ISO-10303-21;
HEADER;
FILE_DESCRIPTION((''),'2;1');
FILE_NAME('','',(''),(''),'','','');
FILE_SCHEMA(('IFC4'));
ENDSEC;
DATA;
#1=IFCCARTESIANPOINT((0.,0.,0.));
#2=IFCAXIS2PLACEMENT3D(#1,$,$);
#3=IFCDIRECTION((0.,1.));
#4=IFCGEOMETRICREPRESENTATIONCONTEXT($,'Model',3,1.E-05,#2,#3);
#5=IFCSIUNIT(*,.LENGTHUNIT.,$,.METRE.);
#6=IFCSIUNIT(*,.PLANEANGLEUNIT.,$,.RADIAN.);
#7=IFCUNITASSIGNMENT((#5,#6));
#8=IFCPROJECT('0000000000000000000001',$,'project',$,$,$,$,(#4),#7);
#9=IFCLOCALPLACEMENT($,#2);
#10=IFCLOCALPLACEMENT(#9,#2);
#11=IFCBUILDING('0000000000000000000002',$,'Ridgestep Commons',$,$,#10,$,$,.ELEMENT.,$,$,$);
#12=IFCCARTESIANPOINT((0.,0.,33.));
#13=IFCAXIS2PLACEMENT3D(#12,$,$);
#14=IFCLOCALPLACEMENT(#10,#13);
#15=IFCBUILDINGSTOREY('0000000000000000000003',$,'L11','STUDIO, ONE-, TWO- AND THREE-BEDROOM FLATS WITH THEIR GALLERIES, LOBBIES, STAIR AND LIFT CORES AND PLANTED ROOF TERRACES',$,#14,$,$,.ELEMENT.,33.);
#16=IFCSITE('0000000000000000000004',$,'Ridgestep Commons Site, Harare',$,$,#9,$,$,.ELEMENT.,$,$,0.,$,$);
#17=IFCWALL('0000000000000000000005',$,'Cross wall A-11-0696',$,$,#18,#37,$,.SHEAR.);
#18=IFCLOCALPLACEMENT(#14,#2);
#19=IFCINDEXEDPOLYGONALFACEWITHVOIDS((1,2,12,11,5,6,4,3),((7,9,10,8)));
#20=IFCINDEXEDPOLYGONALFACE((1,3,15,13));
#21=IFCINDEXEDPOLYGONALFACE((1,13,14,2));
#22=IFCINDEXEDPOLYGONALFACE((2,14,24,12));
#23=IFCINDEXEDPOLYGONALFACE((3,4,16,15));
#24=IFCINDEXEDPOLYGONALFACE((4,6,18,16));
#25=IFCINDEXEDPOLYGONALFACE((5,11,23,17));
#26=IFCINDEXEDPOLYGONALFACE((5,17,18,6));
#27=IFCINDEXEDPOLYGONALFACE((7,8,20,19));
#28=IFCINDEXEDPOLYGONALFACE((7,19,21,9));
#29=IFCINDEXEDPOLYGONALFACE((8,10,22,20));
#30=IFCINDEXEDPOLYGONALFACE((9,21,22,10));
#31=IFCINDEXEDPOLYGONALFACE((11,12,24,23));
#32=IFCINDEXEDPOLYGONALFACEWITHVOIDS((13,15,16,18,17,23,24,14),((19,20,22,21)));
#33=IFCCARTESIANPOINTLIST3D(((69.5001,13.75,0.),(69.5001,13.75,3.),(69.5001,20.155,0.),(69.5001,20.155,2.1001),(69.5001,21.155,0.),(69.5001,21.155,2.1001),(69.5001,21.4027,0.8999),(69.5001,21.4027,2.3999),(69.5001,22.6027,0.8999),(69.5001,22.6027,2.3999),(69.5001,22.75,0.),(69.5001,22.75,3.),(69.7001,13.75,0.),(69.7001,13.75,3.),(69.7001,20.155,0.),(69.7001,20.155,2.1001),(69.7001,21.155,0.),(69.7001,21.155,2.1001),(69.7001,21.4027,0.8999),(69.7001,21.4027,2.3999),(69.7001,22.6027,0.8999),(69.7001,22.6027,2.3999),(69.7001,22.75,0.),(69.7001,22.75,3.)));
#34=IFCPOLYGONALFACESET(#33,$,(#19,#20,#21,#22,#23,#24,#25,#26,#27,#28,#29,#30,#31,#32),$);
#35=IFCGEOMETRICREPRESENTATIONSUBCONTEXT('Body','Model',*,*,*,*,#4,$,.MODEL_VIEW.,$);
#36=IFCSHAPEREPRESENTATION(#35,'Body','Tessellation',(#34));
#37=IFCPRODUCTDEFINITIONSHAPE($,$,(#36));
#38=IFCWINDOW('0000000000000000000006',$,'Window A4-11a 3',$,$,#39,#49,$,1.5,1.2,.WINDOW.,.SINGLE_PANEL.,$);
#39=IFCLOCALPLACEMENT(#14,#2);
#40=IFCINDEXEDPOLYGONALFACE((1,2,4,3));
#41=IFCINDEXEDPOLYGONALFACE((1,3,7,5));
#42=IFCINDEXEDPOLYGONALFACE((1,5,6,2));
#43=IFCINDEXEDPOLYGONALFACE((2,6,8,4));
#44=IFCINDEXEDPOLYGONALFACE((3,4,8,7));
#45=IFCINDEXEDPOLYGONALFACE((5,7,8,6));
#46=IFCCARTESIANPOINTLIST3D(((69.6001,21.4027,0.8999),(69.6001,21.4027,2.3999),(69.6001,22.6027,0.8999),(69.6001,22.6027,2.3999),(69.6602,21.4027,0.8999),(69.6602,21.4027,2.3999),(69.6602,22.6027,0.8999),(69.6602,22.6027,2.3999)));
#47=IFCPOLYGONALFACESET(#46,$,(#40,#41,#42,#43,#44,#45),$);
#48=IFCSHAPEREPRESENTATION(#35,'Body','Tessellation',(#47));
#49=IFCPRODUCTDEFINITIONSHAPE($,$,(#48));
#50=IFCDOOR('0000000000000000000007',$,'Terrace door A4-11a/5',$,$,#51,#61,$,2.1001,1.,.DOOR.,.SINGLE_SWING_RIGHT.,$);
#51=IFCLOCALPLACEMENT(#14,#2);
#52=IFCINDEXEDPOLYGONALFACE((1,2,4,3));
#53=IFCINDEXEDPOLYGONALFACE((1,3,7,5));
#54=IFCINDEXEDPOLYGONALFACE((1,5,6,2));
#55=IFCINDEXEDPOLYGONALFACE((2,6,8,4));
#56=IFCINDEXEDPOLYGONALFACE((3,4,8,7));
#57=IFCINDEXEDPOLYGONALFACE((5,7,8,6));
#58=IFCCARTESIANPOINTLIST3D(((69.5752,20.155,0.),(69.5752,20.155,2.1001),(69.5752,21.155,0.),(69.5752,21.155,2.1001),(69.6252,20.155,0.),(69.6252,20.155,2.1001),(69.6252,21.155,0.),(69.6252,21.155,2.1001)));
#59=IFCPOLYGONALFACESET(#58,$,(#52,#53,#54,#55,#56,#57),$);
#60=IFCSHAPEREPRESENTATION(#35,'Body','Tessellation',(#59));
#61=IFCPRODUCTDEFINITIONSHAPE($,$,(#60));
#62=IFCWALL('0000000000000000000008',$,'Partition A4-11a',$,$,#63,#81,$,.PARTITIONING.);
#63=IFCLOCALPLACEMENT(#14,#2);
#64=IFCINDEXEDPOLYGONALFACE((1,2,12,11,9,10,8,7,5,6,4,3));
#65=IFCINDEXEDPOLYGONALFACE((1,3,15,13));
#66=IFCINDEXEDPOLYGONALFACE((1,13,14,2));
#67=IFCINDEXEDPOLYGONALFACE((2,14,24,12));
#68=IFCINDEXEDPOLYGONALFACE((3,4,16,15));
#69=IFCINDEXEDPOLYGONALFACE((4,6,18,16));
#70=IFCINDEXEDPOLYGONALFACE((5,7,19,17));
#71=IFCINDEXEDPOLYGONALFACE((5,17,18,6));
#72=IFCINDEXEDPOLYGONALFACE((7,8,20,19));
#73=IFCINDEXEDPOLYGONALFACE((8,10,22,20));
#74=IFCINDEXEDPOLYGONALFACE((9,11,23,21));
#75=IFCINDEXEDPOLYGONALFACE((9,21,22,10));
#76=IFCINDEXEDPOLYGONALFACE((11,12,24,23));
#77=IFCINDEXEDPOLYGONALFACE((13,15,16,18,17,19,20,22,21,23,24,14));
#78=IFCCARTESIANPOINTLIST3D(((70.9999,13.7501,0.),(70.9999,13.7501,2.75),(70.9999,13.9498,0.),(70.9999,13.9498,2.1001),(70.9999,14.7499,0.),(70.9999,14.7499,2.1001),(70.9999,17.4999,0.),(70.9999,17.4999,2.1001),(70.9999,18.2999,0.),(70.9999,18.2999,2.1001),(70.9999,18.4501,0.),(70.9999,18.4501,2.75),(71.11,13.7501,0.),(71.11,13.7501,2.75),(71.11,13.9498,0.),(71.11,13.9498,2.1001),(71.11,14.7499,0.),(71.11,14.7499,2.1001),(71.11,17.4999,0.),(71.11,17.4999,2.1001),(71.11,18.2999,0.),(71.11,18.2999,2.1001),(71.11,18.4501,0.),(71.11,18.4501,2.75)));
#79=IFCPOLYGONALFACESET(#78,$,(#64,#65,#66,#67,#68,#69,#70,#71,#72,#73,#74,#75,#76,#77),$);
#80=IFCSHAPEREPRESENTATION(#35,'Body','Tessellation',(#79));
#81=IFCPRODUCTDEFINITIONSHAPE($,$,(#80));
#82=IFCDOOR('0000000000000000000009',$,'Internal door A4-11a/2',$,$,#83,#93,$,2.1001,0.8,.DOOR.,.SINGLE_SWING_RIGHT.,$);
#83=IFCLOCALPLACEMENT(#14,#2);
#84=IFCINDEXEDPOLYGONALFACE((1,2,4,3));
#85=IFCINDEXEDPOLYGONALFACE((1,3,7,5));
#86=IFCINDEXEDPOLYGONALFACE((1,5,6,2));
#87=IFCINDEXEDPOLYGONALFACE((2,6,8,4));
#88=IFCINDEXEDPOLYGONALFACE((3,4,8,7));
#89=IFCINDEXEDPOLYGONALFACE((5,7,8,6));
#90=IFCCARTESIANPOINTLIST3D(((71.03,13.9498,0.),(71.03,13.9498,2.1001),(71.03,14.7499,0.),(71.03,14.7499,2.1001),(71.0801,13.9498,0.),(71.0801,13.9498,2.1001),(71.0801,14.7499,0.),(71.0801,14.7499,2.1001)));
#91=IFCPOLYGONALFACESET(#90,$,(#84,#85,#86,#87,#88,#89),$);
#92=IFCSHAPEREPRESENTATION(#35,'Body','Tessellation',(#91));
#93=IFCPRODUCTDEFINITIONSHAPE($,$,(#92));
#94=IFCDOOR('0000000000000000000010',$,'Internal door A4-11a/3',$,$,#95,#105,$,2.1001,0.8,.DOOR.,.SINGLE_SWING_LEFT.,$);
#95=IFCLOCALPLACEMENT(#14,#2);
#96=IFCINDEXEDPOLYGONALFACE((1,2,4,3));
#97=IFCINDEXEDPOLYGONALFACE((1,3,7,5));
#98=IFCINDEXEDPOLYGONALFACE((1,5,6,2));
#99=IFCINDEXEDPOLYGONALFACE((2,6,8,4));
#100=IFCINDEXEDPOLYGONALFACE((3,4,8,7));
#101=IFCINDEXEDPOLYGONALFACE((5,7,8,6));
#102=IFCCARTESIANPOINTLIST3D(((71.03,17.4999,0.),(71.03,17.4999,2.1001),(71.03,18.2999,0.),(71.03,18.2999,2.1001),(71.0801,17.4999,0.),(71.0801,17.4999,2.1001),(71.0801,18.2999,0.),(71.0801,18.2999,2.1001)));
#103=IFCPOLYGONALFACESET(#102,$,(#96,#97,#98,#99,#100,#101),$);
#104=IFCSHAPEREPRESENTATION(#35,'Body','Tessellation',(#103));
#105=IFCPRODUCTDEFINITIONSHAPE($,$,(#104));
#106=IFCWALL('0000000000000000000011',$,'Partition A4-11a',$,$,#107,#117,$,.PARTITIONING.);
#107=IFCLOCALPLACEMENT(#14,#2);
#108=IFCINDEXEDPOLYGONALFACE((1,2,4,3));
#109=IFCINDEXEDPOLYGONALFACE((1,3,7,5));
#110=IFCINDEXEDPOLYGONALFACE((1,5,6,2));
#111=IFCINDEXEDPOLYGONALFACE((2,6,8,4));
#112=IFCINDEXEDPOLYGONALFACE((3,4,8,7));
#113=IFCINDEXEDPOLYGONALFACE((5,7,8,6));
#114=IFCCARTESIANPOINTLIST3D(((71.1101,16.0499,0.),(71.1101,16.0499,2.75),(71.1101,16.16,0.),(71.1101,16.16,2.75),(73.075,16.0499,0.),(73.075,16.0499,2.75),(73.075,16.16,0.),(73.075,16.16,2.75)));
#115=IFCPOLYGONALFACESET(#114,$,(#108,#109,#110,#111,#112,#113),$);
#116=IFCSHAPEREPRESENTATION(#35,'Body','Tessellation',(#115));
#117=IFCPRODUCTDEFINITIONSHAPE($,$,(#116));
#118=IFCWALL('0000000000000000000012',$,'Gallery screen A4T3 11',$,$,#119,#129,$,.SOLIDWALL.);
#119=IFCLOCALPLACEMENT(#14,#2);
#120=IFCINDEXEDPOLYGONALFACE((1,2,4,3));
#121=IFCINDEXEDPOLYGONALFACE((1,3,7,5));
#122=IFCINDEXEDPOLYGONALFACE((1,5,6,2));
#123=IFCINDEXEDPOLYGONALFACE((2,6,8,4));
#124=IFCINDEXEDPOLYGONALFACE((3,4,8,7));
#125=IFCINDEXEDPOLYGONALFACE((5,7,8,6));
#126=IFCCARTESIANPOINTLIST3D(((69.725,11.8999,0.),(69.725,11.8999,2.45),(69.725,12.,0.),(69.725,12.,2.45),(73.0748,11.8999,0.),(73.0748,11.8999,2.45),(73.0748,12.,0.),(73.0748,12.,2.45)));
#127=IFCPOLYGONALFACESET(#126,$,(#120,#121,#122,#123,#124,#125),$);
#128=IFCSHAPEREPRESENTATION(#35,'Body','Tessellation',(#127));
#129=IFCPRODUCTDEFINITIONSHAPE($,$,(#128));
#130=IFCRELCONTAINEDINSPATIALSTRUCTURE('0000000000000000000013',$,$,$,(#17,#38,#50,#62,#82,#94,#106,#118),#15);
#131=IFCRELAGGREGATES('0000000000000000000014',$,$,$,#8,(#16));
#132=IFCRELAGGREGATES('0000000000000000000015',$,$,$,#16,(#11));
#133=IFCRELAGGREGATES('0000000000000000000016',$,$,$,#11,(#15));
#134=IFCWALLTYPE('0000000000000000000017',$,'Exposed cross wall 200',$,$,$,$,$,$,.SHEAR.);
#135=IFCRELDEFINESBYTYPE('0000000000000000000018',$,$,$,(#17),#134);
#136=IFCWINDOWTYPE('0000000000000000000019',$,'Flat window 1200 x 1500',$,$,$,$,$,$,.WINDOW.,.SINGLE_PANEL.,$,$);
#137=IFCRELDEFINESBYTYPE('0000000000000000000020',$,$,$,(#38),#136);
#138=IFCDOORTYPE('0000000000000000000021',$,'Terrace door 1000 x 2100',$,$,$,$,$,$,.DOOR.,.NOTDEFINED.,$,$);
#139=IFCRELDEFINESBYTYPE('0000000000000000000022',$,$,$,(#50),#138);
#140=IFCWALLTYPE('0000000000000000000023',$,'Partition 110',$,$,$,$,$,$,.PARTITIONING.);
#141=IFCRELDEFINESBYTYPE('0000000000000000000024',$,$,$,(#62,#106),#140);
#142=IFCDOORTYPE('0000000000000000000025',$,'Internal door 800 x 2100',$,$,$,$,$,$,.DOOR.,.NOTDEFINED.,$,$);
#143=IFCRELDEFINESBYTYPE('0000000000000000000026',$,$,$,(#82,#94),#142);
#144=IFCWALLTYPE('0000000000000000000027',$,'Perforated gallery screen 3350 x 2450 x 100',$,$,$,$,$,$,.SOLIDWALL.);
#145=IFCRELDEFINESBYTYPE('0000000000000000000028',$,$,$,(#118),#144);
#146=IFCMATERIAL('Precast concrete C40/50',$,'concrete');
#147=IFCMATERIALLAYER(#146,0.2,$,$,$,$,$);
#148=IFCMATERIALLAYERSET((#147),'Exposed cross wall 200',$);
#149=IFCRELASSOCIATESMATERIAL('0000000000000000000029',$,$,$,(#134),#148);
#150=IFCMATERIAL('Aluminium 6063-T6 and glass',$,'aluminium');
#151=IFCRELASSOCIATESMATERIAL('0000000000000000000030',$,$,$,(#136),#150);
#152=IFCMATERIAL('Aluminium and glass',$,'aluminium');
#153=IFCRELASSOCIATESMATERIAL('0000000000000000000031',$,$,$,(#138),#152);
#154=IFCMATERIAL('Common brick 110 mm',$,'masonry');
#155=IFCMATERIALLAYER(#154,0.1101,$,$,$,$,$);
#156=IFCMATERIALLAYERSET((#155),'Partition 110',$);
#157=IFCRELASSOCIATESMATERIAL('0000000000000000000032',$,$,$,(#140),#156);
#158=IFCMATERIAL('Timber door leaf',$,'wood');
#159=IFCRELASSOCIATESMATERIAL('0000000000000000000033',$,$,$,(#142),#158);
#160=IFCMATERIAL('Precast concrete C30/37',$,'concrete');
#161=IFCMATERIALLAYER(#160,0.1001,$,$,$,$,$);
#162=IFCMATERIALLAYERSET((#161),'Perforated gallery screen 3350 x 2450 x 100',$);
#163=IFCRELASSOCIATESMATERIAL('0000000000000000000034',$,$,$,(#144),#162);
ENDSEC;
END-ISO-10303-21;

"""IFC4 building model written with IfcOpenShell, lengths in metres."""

from ifc_helpers import new_model, si_unit, direction, frame, frame_2d, origin, place, context, subcontext, project, spatial, rectangle, extrude, material, layer, layer_set, type_object, element, fill, save


model = new_model("IFC4")

# Units and contexts
model_context = context("Model", 3, precision=1e-05, world=origin(), true_north=direction((0.0, 1.0)))
body_context = subcontext(model_context, "Body", "Model", "MODEL_VIEW")
ifc_project = project(units=[si_unit("LENGTHUNIT", "METRE"), si_unit("PLANEANGLEUNIT", "RADIAN")], contexts=[model_context])

# Site, building, storey
site_placement = place(None, origin())
site = spatial("IfcSite", under=ifc_project, at=site_placement, Name="Ridgestep Commons Site, Harare", CompositionType="ELEMENT", RefElevation=0.0)
building_placement = place(site_placement, origin())
building = spatial("IfcBuilding", under=site, at=building_placement, Name="Ridgestep Commons", CompositionType="ELEMENT")
storey_placement = place(building_placement, frame((0.0, 0.0, 33.0)))
storey = spatial("IfcBuildingStorey", under=building, at=storey_placement, Name="L11", Description="STUDIO, ONE-, TWO- AND THREE-BEDROOM FLATS WITH THEIR GALLERIES, LOBBIES, STAIR AND LIFT CORES AND PLANTED ROOF TERRACES", CompositionType="ELEMENT", Elevation=33.0)

# Wall, openings, window, door
ifc_material_1 = material(Name="Precast concrete C40/50", Category="concrete")
ifc_layer_1 = layer(ifc_material_1, 0.2)
ifc_layer_set_1 = layer_set([ifc_layer_1], Name="Exposed cross wall 200")
wall_type_1 = type_object("IfcWallType", Name="Exposed cross wall 200", PredefinedType="SHEAR", material=ifc_layer_set_1)
wall_1_placement = place(storey_placement, frame((69.6001, 13.75, 0.0), z_axis=(0.0, 0.0, 1.0), x_axis=(0.0, 1.0, 0.0)))
wall_1 = element("IfcWall", 1, at=wall_1_placement, inside=storey, type_object=wall_type_1, Name="Cross wall A-11-0696", PredefinedType="SHEAR", context=body_context, shape_type="SweptSolid", body=[
    extrude(rectangle(XDim=9.0, YDim=0.2, at=frame_2d((4.5, 0.0))), origin(), (0.0, 0.0, 1.0), 3.0),
])
opening_1_placement = place(wall_1_placement, frame((7.6526, 0.0, 0.8999)))
opening_1 = element("IfcOpeningElement", 2, at=opening_1_placement, cuts=wall_1, PredefinedType="OPENING", context=body_context, shape_type="SweptSolid", body=[
    extrude(rectangle(XDim=1.2, YDim=1.5, at=frame_2d((0.6001, 0.75))), frame((0.0, 0.1099, 0.0), z_axis=(0.0, -1.0, 0.0), x_axis=(1.0, 0.0, 0.0)), (0.0, 0.0, 1.0), 0.22),
])
opening_2_placement = place(wall_1_placement, frame((6.405, 0.0, 0.0)))
opening_2 = element("IfcOpeningElement", 3, at=opening_2_placement, cuts=wall_1, PredefinedType="OPENING", context=body_context, shape_type="SweptSolid", body=[
    extrude(rectangle(XDim=1.0, YDim=2.1001, at=frame_2d((0.5, 1.05))), frame((0.0, 0.1099, 0.0), z_axis=(0.0, -1.0, 0.0), x_axis=(1.0, 0.0, 0.0)), (0.0, 0.0, 1.0), 0.22),
])
ifc_material_2 = material(Name="Aluminium 6063-T6 and glass", Category="aluminium")
window_type_1 = type_object("IfcWindowType", Name="Flat window 1200 x 1500", PartitioningType="SINGLE_PANEL", PredefinedType="WINDOW", material=ifc_material_2)
window_1_placement = place(opening_1_placement, origin())
window_1 = element("IfcWindow", 4, at=window_1_placement, inside=storey, type_object=window_type_1, Name="Window A4-11a 3", OverallHeight=1.5, OverallWidth=1.2, PartitioningType="SINGLE_PANEL", PredefinedType="WINDOW", context=body_context, shape_type="SweptSolid", body=[
    extrude(rectangle(XDim=1.2, YDim=1.5, at=frame_2d((0.6001, 0.75))), frame((0.0, 0.0, 0.0), z_axis=(0.0, -1.0, 0.0), x_axis=(1.0, 0.0, 0.0)), (0.0, 0.0, 1.0), 0.0601),
])
fill(opening_1, window_1)
ifc_material_3 = material(Name="Aluminium and glass", Category="aluminium")
door_type_1 = type_object("IfcDoorType", Name="Terrace door 1000 x 2100", OperationType="NOTDEFINED", PredefinedType="DOOR", material=ifc_material_3)
door_1_placement = place(opening_2_placement, origin())
door_1 = element("IfcDoor", 5, at=door_1_placement, inside=storey, type_object=door_type_1, Name="Terrace door A4-11a/5", OperationType="SINGLE_SWING_RIGHT", OverallHeight=2.1001, OverallWidth=1.0, PredefinedType="DOOR", context=body_context, shape_type="SweptSolid", body=[
    extrude(rectangle(XDim=1.0, YDim=2.1001, at=frame_2d((0.5, 1.05))), frame((0.0, 0.0249, 0.0), z_axis=(0.0, -1.0, 0.0), x_axis=(1.0, 0.0, 0.0)), (0.0, 0.0, 1.0), 0.05),
])
fill(opening_2, door_1)

# Wall, openings, doors
ifc_material_4 = material(Name="Common brick 110 mm", Category="masonry")
ifc_layer_2 = layer(ifc_material_4, 0.1101)
ifc_layer_set_2 = layer_set([ifc_layer_2], Name="Partition 110")
wall_type_2 = type_object("IfcWallType", Name="Partition 110", PredefinedType="PARTITIONING", material=ifc_layer_set_2)
wall_2_placement = place(storey_placement, frame((71.0549, 13.75, 0.0), z_axis=(0.0, 0.0, 1.0), x_axis=(0.0, 1.0, 0.0)))
wall_2 = element("IfcWall", 6, at=wall_2_placement, inside=storey, type_object=wall_type_2, Name="Partition A4-11a", PredefinedType="PARTITIONING", context=body_context, shape_type="SweptSolid", body=[
    extrude(rectangle(XDim=4.7, YDim=0.1101, at=frame_2d((2.3501, 0.0))), origin(), (0.0, 0.0, 1.0), 2.75),
])
opening_3_placement = place(wall_2_placement, frame((0.2, 0.0, 0.0)))
opening_3 = element("IfcOpeningElement", 7, at=opening_3_placement, cuts=wall_2, PredefinedType="OPENING", context=body_context, shape_type="SweptSolid", body=[
    extrude(rectangle(XDim=0.8, YDim=2.1001, at=frame_2d((0.3999, 1.05))), frame((0.0, 0.0649, 0.0), z_axis=(0.0, -1.0, 0.0), x_axis=(1.0, 0.0, 0.0)), (0.0, 0.0, 1.0), 0.1301),
])
opening_4_placement = place(wall_2_placement, frame((3.75, 0.0, 0.0)))
opening_4 = element("IfcOpeningElement", 8, at=opening_4_placement, cuts=wall_2, PredefinedType="OPENING", context=body_context, shape_type="SweptSolid", body=[
    extrude(rectangle(XDim=0.8, YDim=2.1001, at=frame_2d((0.3999, 1.05))), frame((0.0, 0.0649, 0.0), z_axis=(0.0, -1.0, 0.0), x_axis=(1.0, 0.0, 0.0)), (0.0, 0.0, 1.0), 0.1301),
])
ifc_material_5 = material(Name="Timber door leaf", Category="wood")
door_type_2 = type_object("IfcDoorType", Name="Internal door 800 x 2100", OperationType="NOTDEFINED", PredefinedType="DOOR", material=ifc_material_5)
door_2_placement = place(opening_3_placement, origin())
door_2 = element("IfcDoor", 9, at=door_2_placement, inside=storey, type_object=door_type_2, Name="Internal door A4-11a/2", OperationType="SINGLE_SWING_RIGHT", OverallHeight=2.1001, OverallWidth=0.8, PredefinedType="DOOR", context=body_context, shape_type="SweptSolid", body=[
    extrude(rectangle(XDim=0.8, YDim=2.1001, at=frame_2d((0.3999, 1.05))), frame((0.0, 0.0249, 0.0), z_axis=(0.0, -1.0, 0.0), x_axis=(1.0, 0.0, 0.0)), (0.0, 0.0, 1.0), 0.05),
])
fill(opening_3, door_2)
door_3_placement = place(opening_4_placement, origin())
door_3 = element("IfcDoor", 10, at=door_3_placement, inside=storey, type_object=door_type_2, Name="Internal door A4-11a/3", OperationType="SINGLE_SWING_LEFT", OverallHeight=2.1001, OverallWidth=0.8, PredefinedType="DOOR", context=body_context, shape_type="SweptSolid", body=[
    extrude(rectangle(XDim=0.8, YDim=2.1001, at=frame_2d((0.3999, 1.05))), frame((0.0, 0.0249, 0.0), z_axis=(0.0, -1.0, 0.0), x_axis=(1.0, 0.0, 0.0)), (0.0, 0.0, 1.0), 0.05),
])
fill(opening_4, door_3)

# Walls
wall_3_placement = place(storey_placement, frame((71.1101, 16.105, 0.0), z_axis=(0.0, 0.0, 1.0), x_axis=(1.0, 0.0, 0.0)))
element("IfcWall", 11, at=wall_3_placement, inside=storey, type_object=wall_type_2, Name="Partition A4-11a", PredefinedType="PARTITIONING", context=body_context, shape_type="SweptSolid", body=[
    extrude(rectangle(XDim=1.9648, YDim=0.1101, at=frame_2d((0.9824, 0.0))), origin(), (0.0, 0.0, 1.0), 2.75),
])
ifc_material_6 = material(Name="Precast concrete C30/37", Category="concrete")
ifc_layer_3 = layer(ifc_material_6, 0.1001)
ifc_layer_set_3 = layer_set([ifc_layer_3], Name="Perforated gallery screen 3350 x 2450 x 100")
wall_type_3 = type_object("IfcWallType", Name="Perforated gallery screen 3350 x 2450 x 100", PredefinedType="SOLIDWALL", material=ifc_layer_set_3)
wall_4_placement = place(storey_placement, frame((69.7251, 11.95, 0.0), z_axis=(0.0, 0.0, 1.0), x_axis=(1.0, 0.0, 0.0)))
element("IfcWall", 12, at=wall_4_placement, inside=storey, type_object=wall_type_3, Name="Gallery screen A4T3 11", PredefinedType="SOLIDWALL", context=body_context, shape_type="SweptSolid", body=[
    extrude(rectangle(XDim=3.3499, YDim=0.1001, at=frame_2d((1.6748, 0.0))), origin(), (0.0, 0.0, 1.0), 2.45),
])

save(model, "model.ifc")
